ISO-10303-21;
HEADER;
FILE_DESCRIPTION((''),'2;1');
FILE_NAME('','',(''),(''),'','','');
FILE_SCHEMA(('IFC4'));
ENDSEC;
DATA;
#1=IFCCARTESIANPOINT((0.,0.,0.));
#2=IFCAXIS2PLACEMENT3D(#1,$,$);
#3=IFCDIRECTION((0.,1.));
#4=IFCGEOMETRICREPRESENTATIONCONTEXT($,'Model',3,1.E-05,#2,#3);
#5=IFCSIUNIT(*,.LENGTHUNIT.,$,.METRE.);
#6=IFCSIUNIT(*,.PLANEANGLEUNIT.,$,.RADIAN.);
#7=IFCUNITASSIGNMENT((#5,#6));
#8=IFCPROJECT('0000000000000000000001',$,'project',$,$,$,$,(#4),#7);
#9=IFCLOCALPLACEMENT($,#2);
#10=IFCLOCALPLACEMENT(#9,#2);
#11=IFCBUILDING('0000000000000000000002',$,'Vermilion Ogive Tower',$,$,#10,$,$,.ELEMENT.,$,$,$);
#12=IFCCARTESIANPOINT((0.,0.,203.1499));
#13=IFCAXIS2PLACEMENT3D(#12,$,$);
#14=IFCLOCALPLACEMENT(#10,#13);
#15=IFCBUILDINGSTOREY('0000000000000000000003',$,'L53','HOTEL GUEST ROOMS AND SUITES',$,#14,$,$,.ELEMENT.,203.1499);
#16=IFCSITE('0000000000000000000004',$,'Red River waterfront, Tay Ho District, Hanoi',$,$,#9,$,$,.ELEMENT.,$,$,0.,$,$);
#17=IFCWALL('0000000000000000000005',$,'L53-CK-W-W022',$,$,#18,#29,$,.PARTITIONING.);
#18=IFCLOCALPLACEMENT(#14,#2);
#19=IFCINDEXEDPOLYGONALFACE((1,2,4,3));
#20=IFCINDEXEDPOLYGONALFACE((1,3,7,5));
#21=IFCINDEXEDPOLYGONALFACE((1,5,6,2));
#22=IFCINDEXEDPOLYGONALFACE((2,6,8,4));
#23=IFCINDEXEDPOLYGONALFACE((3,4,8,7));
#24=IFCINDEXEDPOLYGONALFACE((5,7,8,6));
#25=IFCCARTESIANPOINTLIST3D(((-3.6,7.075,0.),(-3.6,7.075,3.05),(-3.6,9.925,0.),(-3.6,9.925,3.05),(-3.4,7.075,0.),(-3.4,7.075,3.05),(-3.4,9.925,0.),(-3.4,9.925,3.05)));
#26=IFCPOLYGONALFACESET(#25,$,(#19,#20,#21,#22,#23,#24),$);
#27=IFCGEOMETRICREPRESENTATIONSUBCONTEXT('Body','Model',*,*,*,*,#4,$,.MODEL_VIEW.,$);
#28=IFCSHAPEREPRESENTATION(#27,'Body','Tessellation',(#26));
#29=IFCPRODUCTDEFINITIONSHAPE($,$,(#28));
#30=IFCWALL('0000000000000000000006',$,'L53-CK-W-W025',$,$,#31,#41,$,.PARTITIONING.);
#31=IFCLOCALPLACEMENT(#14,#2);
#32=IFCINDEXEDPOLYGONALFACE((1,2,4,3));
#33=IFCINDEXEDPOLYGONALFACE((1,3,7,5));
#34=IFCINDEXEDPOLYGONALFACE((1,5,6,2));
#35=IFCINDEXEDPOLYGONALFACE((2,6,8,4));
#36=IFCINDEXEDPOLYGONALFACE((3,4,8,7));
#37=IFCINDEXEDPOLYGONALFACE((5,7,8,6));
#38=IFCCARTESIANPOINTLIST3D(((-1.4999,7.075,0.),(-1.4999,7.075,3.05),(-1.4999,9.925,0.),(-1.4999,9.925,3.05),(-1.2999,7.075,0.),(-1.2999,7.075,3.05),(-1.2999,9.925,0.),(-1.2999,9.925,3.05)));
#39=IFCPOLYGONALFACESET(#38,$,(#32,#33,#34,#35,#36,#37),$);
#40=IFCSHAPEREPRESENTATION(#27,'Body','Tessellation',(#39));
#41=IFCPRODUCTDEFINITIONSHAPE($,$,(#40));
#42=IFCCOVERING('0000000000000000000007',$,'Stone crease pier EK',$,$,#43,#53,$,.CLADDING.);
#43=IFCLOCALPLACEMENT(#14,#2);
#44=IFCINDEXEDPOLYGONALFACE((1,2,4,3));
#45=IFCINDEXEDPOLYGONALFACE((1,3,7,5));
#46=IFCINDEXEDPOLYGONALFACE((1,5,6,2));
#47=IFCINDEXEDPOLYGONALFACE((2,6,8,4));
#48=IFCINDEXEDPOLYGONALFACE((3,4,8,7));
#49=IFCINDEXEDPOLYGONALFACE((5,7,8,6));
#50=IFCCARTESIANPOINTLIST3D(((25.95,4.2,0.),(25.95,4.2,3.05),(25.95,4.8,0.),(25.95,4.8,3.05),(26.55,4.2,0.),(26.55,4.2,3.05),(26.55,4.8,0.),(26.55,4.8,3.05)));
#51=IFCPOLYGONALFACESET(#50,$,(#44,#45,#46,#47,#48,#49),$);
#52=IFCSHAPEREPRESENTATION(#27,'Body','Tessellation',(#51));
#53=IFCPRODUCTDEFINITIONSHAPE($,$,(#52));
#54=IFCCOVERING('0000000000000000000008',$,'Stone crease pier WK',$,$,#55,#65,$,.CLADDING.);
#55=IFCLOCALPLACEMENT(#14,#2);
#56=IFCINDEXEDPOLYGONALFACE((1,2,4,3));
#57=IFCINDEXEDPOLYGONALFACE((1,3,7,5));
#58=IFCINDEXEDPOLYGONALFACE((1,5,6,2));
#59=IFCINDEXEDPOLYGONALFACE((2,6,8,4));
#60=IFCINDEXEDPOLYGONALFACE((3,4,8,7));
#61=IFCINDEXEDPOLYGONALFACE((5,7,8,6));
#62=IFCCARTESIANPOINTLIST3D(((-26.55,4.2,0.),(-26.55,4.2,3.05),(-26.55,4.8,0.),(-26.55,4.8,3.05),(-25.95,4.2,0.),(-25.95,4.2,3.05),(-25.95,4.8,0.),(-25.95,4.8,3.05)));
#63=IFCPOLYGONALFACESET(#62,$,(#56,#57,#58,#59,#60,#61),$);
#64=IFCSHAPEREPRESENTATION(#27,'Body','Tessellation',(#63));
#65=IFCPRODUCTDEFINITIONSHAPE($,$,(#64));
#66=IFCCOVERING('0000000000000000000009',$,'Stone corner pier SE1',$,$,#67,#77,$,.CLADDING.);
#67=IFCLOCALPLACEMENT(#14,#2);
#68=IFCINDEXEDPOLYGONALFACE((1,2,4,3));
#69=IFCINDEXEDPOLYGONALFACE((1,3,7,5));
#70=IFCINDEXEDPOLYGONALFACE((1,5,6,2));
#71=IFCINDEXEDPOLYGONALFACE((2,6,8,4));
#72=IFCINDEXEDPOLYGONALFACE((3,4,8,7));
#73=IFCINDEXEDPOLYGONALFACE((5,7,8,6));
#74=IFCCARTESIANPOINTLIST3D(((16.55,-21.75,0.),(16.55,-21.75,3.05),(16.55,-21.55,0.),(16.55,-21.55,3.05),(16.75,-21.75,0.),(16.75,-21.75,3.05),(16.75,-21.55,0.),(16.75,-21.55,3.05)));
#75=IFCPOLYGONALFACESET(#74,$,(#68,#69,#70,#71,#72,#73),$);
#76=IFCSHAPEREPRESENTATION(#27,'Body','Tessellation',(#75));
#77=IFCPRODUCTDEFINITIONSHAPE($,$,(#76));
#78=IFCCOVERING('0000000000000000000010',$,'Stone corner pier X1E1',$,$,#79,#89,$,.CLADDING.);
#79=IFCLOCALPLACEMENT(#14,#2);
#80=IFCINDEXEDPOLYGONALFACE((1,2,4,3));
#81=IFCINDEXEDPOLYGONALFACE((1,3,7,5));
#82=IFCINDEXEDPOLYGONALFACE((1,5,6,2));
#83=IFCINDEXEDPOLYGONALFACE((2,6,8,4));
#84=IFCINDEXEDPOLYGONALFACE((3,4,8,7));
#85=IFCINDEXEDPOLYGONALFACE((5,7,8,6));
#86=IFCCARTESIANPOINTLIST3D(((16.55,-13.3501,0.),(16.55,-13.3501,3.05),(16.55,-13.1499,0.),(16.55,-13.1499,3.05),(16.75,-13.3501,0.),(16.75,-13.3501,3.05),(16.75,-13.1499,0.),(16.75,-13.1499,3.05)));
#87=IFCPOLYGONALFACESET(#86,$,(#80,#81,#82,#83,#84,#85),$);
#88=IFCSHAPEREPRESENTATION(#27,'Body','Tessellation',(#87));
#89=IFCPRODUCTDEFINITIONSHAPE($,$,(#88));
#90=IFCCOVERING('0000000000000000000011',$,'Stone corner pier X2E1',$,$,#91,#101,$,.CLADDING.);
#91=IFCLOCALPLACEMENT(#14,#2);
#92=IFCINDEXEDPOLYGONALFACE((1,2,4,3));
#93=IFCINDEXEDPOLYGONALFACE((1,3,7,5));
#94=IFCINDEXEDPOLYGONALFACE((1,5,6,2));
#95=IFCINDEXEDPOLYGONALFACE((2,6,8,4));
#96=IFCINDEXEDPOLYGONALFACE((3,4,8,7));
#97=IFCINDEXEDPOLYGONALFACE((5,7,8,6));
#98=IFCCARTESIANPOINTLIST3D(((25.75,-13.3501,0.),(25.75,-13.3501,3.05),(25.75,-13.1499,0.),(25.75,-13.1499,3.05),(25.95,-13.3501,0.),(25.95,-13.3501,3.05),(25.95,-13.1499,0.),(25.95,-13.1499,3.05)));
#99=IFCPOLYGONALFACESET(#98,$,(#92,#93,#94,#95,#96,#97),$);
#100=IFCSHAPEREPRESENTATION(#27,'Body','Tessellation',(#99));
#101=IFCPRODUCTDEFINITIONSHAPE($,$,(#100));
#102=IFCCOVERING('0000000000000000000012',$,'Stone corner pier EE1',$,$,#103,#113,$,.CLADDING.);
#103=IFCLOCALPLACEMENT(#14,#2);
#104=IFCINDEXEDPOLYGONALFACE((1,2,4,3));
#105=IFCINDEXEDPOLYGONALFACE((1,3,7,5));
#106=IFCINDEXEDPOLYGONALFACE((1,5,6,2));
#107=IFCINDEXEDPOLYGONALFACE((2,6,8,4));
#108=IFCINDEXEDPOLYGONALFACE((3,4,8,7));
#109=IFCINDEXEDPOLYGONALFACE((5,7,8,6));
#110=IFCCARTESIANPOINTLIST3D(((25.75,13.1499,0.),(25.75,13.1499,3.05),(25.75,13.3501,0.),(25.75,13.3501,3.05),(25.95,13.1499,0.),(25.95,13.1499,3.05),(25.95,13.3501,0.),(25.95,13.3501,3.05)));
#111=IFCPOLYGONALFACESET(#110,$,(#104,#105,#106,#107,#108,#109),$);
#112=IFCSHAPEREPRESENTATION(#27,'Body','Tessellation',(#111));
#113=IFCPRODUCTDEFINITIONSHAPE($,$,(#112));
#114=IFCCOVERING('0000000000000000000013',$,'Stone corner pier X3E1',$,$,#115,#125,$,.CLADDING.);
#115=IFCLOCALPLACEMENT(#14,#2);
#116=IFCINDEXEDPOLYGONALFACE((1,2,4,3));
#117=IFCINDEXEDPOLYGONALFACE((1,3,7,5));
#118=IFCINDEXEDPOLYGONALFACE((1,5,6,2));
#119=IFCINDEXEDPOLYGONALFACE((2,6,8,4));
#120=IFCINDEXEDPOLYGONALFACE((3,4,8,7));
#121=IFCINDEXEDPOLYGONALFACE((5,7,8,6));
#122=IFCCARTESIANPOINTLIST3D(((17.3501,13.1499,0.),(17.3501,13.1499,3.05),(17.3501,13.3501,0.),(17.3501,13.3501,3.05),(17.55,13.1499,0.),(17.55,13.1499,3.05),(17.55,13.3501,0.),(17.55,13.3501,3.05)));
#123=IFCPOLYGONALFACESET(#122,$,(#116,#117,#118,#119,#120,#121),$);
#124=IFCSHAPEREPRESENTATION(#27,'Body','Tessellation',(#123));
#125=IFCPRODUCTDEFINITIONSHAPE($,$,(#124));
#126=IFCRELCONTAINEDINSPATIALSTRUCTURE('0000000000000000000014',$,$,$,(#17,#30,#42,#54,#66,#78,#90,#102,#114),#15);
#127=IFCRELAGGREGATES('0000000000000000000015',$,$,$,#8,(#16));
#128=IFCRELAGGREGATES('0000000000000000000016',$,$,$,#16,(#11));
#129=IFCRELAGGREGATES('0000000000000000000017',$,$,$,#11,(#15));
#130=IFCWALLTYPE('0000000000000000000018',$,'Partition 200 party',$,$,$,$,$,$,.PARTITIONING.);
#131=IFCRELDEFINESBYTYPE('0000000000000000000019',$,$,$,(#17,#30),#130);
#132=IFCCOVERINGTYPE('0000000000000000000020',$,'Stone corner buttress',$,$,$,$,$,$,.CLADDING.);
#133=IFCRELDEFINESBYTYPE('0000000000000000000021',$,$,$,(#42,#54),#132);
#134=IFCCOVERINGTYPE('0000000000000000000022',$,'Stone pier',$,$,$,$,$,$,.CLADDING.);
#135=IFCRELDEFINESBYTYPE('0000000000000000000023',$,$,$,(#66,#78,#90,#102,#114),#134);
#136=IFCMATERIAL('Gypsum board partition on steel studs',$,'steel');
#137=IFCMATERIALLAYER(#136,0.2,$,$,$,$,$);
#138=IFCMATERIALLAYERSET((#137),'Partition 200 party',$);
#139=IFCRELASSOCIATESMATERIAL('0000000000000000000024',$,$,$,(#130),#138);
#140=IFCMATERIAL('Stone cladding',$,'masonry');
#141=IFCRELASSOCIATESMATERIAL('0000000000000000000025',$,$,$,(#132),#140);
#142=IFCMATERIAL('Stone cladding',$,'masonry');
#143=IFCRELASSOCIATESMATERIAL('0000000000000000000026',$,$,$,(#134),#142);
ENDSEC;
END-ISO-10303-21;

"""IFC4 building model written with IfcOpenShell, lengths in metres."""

from ifc_helpers import new_model, si_unit, direction, frame, frame_2d, origin, place, context, subcontext, project, spatial, polyline, rectangle, outline, extrude, material, layer, layer_set, type_object, element, save


model = new_model("IFC4")

# Units and contexts
model_context = context("Model", 3, precision=1e-05, world=origin(), true_north=direction((0.0, 1.0)))
body_context = subcontext(model_context, "Body", "Model", "MODEL_VIEW")
ifc_project = project(units=[si_unit("LENGTHUNIT", "METRE"), si_unit("PLANEANGLEUNIT", "RADIAN")], contexts=[model_context])

# Site, building, storey
site_placement = place(None, origin())
site = spatial("IfcSite", under=ifc_project, at=site_placement, Name="Red River waterfront, Tay Ho District, Hanoi", CompositionType="ELEMENT", RefElevation=0.0)
building_placement = place(site_placement, origin())
building = spatial("IfcBuilding", under=site, at=building_placement, Name="Vermilion Ogive Tower", CompositionType="ELEMENT")
storey_placement = place(building_placement, frame((0.0, 0.0, 203.1499)))
storey = spatial("IfcBuildingStorey", under=building, at=storey_placement, Name="L53", Description="HOTEL GUEST ROOMS AND SUITES", CompositionType="ELEMENT", Elevation=203.1499)

# Walls
ifc_material_1 = material(Name="Gypsum board partition on steel studs", Category="steel")
ifc_layer_1 = layer(ifc_material_1, 0.2)
ifc_layer_set_1 = layer_set([ifc_layer_1], Name="Partition 200 party")
wall_type_1 = type_object("IfcWallType", Name="Partition 200 party", PredefinedType="PARTITIONING", material=ifc_layer_set_1)
for number, where, z_axis, x_axis, name in (
    (1, (-3.5, 7.075, 0.0), (0.0, 0.0, 1.0), (0.0, 1.0, 0.0), "L53-CK-W-W022"),
    (2, (-1.3999, 7.075, 0.0), (0.0, 0.0, 1.0), (0.0, 1.0, 0.0), "L53-CK-W-W025"),
):
    element("IfcWall", number, at=place(storey_placement, frame(where, z_axis=z_axis, x_axis=x_axis)), inside=storey, type_object=wall_type_1, Name=name, PredefinedType="PARTITIONING", context=body_context, shape_type="SweptSolid", body=[
        extrude(rectangle(XDim=2.8501, YDim=0.2, at=frame_2d((1.425, 0.0))), origin(), (0.0, 0.0, 1.0), 3.05),
    ])

# Coverings
ifc_material_2 = material(Name="Stone cladding", Category="masonry")
covering_type_1 = type_object("IfcCoveringType", Name="Stone corner buttress", PredefinedType="CLADDING", material=ifc_material_2)
covering_1_placement = place(storey_placement, origin())
element("IfcCovering", 3, at=covering_1_placement, inside=storey, type_object=covering_type_1, Name="Stone crease pier EK", PredefinedType="CLADDING", context=body_context, shape_type="SweptSolid", body=[
    extrude(outline(polyline([(26.55, 4.2), (26.55, 4.8), (25.95, 4.8), (25.95, 4.2), (26.55, 4.2)])), origin(), (0.0, 0.0, 1.0), 3.05),
])
covering_2_placement = place(storey_placement, origin())
element("IfcCovering", 4, at=covering_2_placement, inside=storey, type_object=covering_type_1, Name="Stone crease pier WK", PredefinedType="CLADDING", context=body_context, shape_type="SweptSolid", body=[
    extrude(outline(polyline([(-26.55, 4.8), (-26.55, 4.2), (-25.95, 4.2), (-25.95, 4.8), (-26.55, 4.8)])), origin(), (0.0, 0.0, 1.0), 3.05),
])
ifc_material_3 = material(Name="Stone cladding", Category="masonry")
covering_type_2 = type_object("IfcCoveringType", Name="Stone pier", PredefinedType="CLADDING", material=ifc_material_3)
covering_3_placement = place(storey_placement, origin())
element("IfcCovering", 5, at=covering_3_placement, inside=storey, type_object=covering_type_2, Name="Stone corner pier SE1", PredefinedType="CLADDING", context=body_context, shape_type="SweptSolid", body=[
    extrude(outline(polyline([(16.55, -21.55), (16.75, -21.55), (16.75, -21.75), (16.55, -21.75), (16.55, -21.55)])), origin(), (0.0, 0.0, 1.0), 3.05),
])
covering_4_placement = place(storey_placement, origin())
element("IfcCovering", 6, at=covering_4_placement, inside=storey, type_object=covering_type_2, Name="Stone corner pier X1E1", PredefinedType="CLADDING", context=body_context, shape_type="SweptSolid", body=[
    extrude(outline(polyline([(16.55, -13.1499), (16.75, -13.1499), (16.75, -13.3501), (16.55, -13.3501), (16.55, -13.1499)])), origin(), (0.0, 0.0, 1.0), 3.05),
])
covering_5_placement = place(storey_placement, origin())
element("IfcCovering", 7, at=covering_5_placement, inside=storey, type_object=covering_type_2, Name="Stone corner pier X2E1", PredefinedType="CLADDING", context=body_context, shape_type="SweptSolid", body=[
    extrude(outline(polyline([(25.75, -13.1499), (25.95, -13.1499), (25.95, -13.3501), (25.75, -13.3501), (25.75, -13.1499)])), origin(), (0.0, 0.0, 1.0), 3.05),
])
covering_6_placement = place(storey_placement, origin())
element("IfcCovering", 8, at=covering_6_placement, inside=storey, type_object=covering_type_2, Name="Stone corner pier EE1", PredefinedType="CLADDING", context=body_context, shape_type="SweptSolid", body=[
    extrude(outline(polyline([(25.75, 13.1499), (25.75, 13.3501), (25.95, 13.3501), (25.95, 13.1499), (25.75, 13.1499)])), origin(), (0.0, 0.0, 1.0), 3.05),
])
covering_7_placement = place(storey_placement, origin())
element("IfcCovering", 9, at=covering_7_placement, inside=storey, type_object=covering_type_2, Name="Stone corner pier X3E1", PredefinedType="CLADDING", context=body_context, shape_type="SweptSolid", body=[
    extrude(outline(polyline([(17.3501, 13.1499), (17.3501, 13.3501), (17.55, 13.3501), (17.55, 13.1499), (17.3501, 13.1499)])), origin(), (0.0, 0.0, 1.0), 3.05),
])

save(model, "model.ifc")
